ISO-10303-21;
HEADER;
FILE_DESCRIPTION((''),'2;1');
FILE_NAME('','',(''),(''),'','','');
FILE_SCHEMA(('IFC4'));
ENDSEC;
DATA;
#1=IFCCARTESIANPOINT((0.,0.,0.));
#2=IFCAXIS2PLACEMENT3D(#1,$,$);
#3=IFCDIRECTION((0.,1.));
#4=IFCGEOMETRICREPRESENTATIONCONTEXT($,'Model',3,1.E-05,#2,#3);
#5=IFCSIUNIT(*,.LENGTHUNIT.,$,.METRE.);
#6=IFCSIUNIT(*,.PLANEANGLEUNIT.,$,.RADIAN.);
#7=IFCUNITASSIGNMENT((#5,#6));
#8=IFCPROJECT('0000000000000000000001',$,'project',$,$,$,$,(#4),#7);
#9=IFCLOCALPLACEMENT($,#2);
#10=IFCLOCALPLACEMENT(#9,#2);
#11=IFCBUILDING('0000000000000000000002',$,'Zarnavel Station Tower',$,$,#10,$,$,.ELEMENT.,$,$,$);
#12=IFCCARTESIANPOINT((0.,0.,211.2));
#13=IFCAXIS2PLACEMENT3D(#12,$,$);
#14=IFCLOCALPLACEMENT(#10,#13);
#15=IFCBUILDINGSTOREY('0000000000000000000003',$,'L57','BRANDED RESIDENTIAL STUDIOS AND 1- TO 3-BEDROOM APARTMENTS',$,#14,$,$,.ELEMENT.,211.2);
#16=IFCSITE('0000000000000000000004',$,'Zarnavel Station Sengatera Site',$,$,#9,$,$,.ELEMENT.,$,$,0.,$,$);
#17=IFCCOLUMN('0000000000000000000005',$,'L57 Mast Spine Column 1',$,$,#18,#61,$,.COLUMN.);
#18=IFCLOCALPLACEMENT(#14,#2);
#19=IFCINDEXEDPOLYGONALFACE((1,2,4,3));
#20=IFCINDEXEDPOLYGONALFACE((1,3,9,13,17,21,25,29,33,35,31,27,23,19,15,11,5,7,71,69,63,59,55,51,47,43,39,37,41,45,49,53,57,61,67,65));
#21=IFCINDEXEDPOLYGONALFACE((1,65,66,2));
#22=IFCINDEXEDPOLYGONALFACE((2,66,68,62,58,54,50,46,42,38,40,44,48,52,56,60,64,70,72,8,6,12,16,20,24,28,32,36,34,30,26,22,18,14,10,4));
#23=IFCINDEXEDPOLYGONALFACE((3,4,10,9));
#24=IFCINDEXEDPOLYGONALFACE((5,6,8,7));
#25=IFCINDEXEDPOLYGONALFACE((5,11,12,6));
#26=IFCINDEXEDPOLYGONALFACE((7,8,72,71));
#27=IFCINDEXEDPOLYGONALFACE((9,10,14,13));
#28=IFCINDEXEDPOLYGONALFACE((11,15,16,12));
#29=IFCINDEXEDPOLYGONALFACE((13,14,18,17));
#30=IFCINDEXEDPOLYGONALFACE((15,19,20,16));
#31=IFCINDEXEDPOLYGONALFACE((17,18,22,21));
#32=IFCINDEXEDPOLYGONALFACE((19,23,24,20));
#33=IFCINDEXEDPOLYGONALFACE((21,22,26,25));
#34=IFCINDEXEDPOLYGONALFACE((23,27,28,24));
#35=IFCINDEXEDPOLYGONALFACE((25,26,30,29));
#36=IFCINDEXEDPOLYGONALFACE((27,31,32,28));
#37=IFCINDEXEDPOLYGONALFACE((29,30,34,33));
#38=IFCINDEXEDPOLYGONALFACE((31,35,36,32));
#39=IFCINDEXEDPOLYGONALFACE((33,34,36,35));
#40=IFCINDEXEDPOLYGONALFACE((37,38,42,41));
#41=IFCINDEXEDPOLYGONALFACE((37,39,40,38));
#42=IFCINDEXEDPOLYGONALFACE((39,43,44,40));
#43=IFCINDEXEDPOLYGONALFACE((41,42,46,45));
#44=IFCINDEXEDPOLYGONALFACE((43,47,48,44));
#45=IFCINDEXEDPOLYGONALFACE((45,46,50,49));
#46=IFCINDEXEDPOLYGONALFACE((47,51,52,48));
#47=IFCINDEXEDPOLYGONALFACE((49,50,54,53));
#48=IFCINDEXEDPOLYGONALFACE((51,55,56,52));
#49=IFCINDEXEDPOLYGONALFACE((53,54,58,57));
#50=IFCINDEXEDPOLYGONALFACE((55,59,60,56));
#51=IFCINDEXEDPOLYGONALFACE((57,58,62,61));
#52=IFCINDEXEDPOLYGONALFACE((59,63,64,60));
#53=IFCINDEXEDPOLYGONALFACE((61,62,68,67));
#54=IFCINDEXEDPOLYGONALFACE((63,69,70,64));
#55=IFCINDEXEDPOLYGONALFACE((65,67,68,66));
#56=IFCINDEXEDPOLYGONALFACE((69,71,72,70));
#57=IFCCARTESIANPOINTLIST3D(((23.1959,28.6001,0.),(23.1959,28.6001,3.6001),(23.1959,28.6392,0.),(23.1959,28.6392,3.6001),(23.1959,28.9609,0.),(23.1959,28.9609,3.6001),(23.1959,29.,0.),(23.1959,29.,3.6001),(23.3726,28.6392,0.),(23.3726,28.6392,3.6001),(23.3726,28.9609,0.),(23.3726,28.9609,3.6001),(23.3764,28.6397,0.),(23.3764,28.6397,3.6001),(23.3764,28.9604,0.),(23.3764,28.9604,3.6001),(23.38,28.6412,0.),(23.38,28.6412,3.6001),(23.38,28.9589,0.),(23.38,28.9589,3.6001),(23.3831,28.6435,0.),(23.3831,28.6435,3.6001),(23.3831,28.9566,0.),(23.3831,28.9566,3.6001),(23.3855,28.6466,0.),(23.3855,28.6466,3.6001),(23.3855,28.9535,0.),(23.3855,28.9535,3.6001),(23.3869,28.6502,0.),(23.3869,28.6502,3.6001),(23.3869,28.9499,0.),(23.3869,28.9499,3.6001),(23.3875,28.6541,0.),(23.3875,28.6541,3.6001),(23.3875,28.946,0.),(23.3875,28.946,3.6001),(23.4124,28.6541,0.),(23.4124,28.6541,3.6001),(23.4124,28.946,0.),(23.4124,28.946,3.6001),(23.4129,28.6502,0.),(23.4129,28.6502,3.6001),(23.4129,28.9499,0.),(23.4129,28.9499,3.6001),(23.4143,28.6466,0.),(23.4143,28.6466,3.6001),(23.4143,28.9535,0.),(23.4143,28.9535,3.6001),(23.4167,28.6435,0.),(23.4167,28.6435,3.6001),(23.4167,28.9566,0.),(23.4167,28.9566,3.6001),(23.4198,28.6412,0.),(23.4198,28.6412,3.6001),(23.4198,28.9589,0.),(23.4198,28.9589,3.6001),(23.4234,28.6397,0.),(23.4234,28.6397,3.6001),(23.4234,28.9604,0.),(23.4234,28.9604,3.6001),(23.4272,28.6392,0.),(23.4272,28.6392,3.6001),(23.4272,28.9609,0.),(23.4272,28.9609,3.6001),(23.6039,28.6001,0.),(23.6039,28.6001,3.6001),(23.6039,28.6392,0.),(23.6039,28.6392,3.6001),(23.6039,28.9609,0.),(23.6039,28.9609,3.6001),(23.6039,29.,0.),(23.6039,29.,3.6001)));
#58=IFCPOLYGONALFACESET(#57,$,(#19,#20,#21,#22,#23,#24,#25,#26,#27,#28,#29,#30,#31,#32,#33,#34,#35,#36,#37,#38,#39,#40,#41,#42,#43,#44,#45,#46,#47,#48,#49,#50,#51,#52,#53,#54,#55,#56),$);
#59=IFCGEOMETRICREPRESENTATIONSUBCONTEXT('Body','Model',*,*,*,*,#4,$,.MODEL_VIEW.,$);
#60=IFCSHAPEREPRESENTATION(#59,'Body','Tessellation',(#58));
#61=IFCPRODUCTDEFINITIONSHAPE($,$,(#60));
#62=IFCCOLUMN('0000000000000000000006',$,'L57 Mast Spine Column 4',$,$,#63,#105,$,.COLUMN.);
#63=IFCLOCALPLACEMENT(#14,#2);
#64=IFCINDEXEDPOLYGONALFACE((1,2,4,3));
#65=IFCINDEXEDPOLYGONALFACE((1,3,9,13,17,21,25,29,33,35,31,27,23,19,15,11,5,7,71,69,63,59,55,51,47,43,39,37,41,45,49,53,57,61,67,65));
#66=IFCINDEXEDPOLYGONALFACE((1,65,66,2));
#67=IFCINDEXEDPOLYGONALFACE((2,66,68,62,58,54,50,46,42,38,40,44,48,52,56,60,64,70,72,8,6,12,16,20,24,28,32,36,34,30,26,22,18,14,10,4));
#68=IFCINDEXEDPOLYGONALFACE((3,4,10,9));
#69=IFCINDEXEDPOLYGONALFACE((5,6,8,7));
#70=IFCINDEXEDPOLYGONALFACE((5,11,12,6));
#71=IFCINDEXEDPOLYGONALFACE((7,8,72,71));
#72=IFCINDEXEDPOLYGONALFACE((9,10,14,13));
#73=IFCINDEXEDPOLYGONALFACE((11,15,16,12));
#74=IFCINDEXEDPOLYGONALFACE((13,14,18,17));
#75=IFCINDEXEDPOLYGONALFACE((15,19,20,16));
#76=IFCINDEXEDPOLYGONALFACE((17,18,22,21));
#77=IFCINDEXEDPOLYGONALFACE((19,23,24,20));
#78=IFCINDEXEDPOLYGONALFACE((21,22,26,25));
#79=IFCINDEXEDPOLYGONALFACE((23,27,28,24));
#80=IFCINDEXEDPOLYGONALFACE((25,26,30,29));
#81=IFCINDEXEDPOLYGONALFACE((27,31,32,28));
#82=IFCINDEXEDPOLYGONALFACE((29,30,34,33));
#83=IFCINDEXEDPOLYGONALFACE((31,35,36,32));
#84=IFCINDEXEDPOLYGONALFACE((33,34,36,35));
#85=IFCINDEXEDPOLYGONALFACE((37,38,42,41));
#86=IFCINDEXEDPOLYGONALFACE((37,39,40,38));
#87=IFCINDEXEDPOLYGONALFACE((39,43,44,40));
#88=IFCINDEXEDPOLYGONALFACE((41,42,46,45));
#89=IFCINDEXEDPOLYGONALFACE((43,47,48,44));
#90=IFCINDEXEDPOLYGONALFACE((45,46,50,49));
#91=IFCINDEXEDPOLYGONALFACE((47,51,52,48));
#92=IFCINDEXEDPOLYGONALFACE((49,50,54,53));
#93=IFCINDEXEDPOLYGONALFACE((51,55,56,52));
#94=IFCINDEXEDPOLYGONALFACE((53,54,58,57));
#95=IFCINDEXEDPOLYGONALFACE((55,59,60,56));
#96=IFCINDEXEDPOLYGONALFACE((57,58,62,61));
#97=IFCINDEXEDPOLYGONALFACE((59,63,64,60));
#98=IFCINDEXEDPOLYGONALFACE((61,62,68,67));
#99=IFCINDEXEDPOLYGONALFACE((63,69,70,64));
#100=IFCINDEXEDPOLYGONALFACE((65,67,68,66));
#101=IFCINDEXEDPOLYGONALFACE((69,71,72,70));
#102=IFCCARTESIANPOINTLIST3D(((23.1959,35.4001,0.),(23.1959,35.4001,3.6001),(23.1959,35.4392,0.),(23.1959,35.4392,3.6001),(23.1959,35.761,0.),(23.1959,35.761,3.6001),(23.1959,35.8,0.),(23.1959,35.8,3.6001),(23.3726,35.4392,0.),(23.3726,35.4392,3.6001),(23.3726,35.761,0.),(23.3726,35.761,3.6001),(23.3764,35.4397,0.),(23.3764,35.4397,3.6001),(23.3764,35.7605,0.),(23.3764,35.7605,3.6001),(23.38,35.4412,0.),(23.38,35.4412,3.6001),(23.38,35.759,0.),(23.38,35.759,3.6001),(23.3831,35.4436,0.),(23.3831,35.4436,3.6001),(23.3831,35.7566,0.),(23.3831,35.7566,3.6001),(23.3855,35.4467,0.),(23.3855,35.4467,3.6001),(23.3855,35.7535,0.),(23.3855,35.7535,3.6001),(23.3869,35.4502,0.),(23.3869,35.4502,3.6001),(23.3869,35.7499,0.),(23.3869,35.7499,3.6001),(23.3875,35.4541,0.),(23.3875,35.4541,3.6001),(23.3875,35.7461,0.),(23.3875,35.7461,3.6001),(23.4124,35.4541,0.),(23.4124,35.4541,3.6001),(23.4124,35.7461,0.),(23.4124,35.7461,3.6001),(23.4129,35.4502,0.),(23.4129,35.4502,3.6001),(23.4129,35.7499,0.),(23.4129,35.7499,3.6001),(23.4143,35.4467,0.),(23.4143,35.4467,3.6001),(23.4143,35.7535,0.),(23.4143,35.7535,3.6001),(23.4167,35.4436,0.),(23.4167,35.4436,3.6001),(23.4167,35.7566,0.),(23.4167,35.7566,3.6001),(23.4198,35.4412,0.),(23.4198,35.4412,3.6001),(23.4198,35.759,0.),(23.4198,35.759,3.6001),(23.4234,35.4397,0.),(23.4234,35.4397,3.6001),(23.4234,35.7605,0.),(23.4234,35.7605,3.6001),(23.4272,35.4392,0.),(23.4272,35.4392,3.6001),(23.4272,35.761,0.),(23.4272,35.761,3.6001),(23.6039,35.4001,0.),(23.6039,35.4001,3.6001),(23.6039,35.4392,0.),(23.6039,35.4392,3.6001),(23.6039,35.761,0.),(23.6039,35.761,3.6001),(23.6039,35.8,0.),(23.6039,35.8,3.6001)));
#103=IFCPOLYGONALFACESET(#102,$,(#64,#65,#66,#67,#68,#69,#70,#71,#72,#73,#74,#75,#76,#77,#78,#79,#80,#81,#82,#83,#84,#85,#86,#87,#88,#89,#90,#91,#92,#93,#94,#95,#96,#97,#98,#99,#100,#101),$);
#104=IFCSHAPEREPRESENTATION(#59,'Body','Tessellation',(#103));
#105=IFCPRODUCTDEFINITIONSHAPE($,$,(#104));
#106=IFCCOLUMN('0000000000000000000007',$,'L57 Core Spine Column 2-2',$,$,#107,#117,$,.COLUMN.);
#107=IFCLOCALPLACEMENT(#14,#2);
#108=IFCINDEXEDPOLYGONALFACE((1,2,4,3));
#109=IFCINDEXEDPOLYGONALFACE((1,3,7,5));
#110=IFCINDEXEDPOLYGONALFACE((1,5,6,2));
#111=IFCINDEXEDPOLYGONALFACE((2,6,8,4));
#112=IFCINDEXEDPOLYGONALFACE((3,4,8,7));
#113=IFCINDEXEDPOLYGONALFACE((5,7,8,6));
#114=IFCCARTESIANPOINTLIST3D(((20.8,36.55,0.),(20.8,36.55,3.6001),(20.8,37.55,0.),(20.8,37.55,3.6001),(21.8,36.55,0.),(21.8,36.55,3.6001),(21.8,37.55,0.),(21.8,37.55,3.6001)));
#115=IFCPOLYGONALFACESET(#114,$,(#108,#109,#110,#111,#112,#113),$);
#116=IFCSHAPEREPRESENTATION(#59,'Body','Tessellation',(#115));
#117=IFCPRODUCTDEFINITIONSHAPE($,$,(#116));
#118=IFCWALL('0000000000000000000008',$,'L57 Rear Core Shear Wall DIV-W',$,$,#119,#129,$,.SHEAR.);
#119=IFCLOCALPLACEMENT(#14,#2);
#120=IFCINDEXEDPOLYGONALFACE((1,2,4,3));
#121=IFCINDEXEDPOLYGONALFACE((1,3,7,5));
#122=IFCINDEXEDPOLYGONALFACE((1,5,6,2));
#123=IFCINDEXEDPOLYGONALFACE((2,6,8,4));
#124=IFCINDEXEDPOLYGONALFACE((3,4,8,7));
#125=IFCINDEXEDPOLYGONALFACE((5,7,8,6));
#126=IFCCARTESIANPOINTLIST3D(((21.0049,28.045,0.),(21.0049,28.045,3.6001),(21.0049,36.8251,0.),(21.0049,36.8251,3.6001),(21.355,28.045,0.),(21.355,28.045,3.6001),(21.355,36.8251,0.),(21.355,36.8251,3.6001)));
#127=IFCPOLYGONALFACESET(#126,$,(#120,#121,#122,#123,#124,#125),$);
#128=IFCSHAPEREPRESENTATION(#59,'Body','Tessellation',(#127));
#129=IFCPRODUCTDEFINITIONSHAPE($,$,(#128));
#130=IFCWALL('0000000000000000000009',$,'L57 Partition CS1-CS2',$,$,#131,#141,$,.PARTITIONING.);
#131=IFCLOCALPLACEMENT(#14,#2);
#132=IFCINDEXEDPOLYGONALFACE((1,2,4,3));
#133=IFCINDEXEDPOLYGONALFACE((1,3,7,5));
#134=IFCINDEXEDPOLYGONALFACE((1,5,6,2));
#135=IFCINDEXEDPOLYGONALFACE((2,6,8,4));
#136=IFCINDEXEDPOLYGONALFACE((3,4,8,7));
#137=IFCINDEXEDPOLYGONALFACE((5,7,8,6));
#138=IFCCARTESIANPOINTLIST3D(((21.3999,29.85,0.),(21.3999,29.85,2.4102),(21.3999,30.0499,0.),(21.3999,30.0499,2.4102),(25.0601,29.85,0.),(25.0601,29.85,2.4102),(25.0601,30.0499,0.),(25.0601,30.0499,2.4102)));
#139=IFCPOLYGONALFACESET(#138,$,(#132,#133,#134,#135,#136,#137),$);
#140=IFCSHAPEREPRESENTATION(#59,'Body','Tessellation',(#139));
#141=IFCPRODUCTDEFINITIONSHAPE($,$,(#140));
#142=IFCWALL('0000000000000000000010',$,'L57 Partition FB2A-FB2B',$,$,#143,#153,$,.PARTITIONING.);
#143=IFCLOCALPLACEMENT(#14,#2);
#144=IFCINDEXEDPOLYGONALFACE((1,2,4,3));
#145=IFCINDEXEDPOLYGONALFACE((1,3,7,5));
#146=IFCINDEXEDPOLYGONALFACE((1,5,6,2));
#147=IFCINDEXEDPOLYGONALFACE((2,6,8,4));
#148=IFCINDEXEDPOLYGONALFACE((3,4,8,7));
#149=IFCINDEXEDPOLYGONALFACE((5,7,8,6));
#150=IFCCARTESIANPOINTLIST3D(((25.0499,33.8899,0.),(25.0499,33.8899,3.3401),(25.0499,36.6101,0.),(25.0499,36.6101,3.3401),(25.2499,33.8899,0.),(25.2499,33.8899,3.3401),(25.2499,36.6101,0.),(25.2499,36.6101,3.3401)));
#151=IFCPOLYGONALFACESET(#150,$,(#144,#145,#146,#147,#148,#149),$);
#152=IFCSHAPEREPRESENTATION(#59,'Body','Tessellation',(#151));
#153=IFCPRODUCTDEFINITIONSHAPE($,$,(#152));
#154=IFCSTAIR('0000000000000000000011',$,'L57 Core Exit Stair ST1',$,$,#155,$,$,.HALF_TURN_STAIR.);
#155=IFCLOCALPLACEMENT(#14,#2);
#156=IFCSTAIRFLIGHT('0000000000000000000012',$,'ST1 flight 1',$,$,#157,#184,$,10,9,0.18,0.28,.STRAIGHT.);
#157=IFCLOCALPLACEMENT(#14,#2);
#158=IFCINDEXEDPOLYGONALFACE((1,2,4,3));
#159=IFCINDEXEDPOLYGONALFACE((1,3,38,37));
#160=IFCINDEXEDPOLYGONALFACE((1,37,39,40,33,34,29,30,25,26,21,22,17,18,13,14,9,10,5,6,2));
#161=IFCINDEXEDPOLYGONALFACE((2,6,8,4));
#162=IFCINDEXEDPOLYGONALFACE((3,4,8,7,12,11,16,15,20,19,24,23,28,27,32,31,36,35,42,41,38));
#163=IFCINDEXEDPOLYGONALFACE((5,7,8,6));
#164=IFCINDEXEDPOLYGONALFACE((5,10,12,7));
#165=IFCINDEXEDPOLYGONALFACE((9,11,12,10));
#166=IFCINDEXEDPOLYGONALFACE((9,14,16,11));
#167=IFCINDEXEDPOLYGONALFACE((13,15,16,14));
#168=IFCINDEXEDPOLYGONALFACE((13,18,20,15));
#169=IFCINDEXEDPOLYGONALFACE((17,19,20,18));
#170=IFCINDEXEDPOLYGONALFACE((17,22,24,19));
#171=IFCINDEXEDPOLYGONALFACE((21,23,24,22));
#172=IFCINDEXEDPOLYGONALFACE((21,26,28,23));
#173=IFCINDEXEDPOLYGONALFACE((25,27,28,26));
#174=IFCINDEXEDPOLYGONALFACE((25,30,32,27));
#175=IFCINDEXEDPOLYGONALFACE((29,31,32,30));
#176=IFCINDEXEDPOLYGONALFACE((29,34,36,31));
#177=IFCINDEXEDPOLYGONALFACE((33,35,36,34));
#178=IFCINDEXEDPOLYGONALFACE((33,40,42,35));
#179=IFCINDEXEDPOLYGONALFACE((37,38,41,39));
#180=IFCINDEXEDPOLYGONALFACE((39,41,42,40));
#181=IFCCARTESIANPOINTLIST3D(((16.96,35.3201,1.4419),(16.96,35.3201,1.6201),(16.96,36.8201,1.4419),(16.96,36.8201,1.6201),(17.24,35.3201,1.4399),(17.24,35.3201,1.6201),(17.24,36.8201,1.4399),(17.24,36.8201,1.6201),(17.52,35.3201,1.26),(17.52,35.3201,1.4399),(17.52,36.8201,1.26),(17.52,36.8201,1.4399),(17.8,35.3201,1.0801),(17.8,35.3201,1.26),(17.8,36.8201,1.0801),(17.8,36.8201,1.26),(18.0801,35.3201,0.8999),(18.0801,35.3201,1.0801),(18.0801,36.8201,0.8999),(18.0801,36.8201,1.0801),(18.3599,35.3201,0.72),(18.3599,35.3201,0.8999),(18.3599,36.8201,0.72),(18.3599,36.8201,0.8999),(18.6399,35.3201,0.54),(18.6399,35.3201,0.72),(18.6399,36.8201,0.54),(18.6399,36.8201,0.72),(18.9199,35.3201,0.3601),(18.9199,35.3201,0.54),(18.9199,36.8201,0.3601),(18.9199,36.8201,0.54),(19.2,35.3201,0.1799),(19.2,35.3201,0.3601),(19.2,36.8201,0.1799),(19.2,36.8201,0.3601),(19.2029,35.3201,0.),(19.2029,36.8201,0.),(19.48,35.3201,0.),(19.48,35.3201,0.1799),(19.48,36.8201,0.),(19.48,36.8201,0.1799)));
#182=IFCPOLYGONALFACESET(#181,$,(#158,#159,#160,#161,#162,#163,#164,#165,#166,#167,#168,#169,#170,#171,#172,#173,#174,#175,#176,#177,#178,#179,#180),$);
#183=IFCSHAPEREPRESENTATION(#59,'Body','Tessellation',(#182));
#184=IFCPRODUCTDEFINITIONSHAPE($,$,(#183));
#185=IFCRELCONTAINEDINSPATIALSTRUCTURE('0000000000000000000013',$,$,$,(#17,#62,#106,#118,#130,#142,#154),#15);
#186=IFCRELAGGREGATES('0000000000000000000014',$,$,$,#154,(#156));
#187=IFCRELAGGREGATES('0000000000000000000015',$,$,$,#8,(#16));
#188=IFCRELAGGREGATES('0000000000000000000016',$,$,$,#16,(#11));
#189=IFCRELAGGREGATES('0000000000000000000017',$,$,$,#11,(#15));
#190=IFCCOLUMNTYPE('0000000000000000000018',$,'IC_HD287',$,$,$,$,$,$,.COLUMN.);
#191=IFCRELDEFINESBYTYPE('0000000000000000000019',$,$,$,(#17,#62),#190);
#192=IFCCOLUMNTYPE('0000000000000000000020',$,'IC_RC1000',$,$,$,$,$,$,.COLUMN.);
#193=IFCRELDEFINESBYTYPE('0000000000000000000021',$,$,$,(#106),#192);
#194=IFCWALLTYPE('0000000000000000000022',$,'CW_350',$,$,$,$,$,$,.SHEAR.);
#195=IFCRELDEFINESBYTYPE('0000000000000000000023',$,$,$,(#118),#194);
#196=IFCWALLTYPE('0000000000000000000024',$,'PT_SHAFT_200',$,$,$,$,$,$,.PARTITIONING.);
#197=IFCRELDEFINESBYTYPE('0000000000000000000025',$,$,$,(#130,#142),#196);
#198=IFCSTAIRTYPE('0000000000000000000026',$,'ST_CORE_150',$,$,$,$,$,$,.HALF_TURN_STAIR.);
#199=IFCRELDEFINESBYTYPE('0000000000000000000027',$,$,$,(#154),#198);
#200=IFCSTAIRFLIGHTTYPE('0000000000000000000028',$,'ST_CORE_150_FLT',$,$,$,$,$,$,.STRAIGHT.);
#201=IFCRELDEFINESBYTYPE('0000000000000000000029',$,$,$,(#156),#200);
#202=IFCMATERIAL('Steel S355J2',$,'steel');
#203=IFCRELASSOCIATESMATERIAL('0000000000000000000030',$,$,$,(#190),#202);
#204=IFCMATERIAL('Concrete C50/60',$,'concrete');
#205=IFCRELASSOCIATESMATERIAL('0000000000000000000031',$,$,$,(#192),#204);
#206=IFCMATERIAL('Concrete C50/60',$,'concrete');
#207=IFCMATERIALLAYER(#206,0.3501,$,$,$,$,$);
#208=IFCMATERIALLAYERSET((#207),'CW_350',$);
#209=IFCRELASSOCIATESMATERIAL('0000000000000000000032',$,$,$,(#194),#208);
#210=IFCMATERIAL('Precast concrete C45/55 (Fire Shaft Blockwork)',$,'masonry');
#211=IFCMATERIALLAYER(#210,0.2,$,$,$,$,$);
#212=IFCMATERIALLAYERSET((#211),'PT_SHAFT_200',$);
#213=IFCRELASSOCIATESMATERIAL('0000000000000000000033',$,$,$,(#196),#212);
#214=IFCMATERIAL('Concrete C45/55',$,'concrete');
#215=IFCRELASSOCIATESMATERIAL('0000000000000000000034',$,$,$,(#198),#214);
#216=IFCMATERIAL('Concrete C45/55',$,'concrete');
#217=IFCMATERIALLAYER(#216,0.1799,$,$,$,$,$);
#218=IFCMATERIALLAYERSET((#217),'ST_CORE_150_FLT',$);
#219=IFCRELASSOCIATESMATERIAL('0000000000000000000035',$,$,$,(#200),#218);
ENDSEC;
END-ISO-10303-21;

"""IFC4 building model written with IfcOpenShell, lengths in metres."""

from ifc_helpers import new_model, si_unit, direction, frame, frame_2d, origin, origin_2d, place, context, subcontext, project, spatial, polyline, rectangle, i_section, outline, extrude, material, layer, layer_set, material_profile, profile_set, type_object, element, aggregate, save


model = new_model("IFC4")

# Units and contexts
model_context = context("Model", 3, precision=1e-05, world=origin(), true_north=direction((0.0, 1.0)))
body_context = subcontext(model_context, "Body", "Model", "MODEL_VIEW")
ifc_project = project(units=[si_unit("LENGTHUNIT", "METRE"), si_unit("PLANEANGLEUNIT", "RADIAN")], contexts=[model_context])

# Site, building, storey
site_placement = place(None, origin())
site = spatial("IfcSite", under=ifc_project, at=site_placement, Name="Zarnavel Station Sengatera Site", CompositionType="ELEMENT", RefElevation=0.0)
building_placement = place(site_placement, origin())
building = spatial("IfcBuilding", under=site, at=building_placement, Name="Zarnavel Station Tower", CompositionType="ELEMENT")
storey_placement = place(building_placement, frame((0.0, 0.0, 211.2)))
storey = spatial("IfcBuildingStorey", under=building, at=storey_placement, Name="L57", Description="BRANDED RESIDENTIAL STUDIOS AND 1- TO 3-BEDROOM APARTMENTS", CompositionType="ELEMENT", Elevation=211.2)

# Columns
ifc_material_1 = material(Name="Steel S355J2", Category="steel")
ifc_material_profile_1 = material_profile(ifc_material_1, i_section(OverallWidth=0.408, OverallDepth=0.3999, WebThickness=0.0249, FlangeThickness=0.0391, FilletRadius=0.0149, at=origin_2d()), Name="HD400x287")
ifc_profile_set_1 = profile_set([ifc_material_profile_1], Name="Steel S355J2")
column_type_1 = type_object("IfcColumnType", Name="IC_HD287", PredefinedType="COLUMN", material=ifc_profile_set_1)
for number, where, z_axis, x_axis, name in (
    (1, (23.3999, 28.8, 0.0), (0.0, 0.0, 1.0), (1.0, 0.0, 0.0), "L57 Mast Spine Column 1"),
    (2, (23.3999, 35.6001, 0.0), (0.0, 0.0, 1.0), (1.0, 0.0, 0.0), "L57 Mast Spine Column 4"),
):
    element("IfcColumn", number, at=place(storey_placement, frame(where, z_axis=z_axis, x_axis=x_axis)), inside=storey, type_object=column_type_1, Name=name, PredefinedType="COLUMN", context=body_context, shape_type="SweptSolid", body=[
        extrude(i_section(OverallWidth=0.408, OverallDepth=0.3999, WebThickness=0.0249, FlangeThickness=0.0391, FilletRadius=0.0149, at=origin_2d()), origin(), (0.0, 0.0, 1.0), 3.6001),
    ])
ifc_material_2 = material(Name="Concrete C50/60", Category="concrete")
ifc_material_profile_2 = material_profile(ifc_material_2, rectangle(XDim=1.0, YDim=1.0, at=origin_2d()), Name="RC1000x1000")
ifc_profile_set_2 = profile_set([ifc_material_profile_2], Name="Concrete C50/60")
column_type_2 = type_object("IfcColumnType", Name="IC_RC1000", PredefinedType="COLUMN", material=ifc_profile_set_2)
column_placement = place(storey_placement, frame((21.3, 37.05, 0.0), z_axis=(0.0, 0.0, 1.0), x_axis=(1.0, 0.0, 0.0)))
element("IfcColumn", 3, at=column_placement, inside=storey, type_object=column_type_2, Name="L57 Core Spine Column 2-2", PredefinedType="COLUMN", context=body_context, shape_type="SweptSolid", body=[
    extrude(rectangle(XDim=1.0, YDim=1.0, at=origin_2d()), origin(), (0.0, 0.0, 1.0), 3.6001),
])

# Wall
ifc_material_3 = material(Name="Concrete C50/60", Category="concrete")
ifc_layer_1 = layer(ifc_material_3, 0.3501)
ifc_layer_set_1 = layer_set([ifc_layer_1], Name="CW_350")
wall_type_1 = type_object("IfcWallType", Name="CW_350", PredefinedType="SHEAR", material=ifc_layer_set_1)
wall_1_placement = place(storey_placement, frame((21.1799, 28.0449, 0.0), z_axis=(0.0, 0.0, 1.0), x_axis=(0.0, 1.0, 0.0)))
element("IfcWall", 4, at=wall_1_placement, inside=storey, type_object=wall_type_1, Name="L57 Rear Core Shear Wall DIV-W", PredefinedType="SHEAR", context=body_context, shape_type="SweptSolid", body=[
    extrude(rectangle(XDim=8.78, YDim=0.3501, at=frame_2d((4.3901, 0.0))), origin(), (0.0, 0.0, 1.0), 3.6001),
])

# Shared definitions
ifc_material_4 = material(Name="Precast concrete C45/55 (Fire Shaft Blockwork)", Category="masonry")
ifc_layer_2 = layer(ifc_material_4, 0.2)
ifc_layer_set_2 = layer_set([ifc_layer_2], Name="PT_SHAFT_200")
wall_type_2 = type_object("IfcWallType", Name="PT_SHAFT_200", PredefinedType="PARTITIONING", material=ifc_layer_set_2)

# Walls
wall_2_placement = place(storey_placement, frame((21.3999, 29.95, 0.0), z_axis=(0.0, 0.0, 1.0), x_axis=(1.0, 0.0, 0.0)))
element("IfcWall", 5, at=wall_2_placement, inside=storey, type_object=wall_type_2, Name="L57 Partition CS1-CS2", PredefinedType="PARTITIONING", context=body_context, shape_type="SweptSolid", body=[
    extrude(rectangle(XDim=3.6602, YDim=0.2, at=frame_2d((1.8301, 0.0))), origin(), (0.0, 0.0, 1.0), 2.4102),
])
wall_3_placement = place(storey_placement, frame((25.1499, 33.8899, 0.0), z_axis=(0.0, 0.0, 1.0), x_axis=(0.0, 1.0, 0.0)))
element("IfcWall", 6, at=wall_3_placement, inside=storey, type_object=wall_type_2, Name="L57 Partition FB2A-FB2B", PredefinedType="PARTITIONING", context=body_context, shape_type="SweptSolid", body=[
    extrude(rectangle(XDim=2.7202, YDim=0.2, at=frame_2d((1.3601, 0.0))), origin(), (0.0, 0.0, 1.0), 3.3401),
])

# Stair, stair flight
ifc_material_5 = material(Name="Concrete C45/55", Category="concrete")
stair_type = type_object("IfcStairType", Name="ST_CORE_150", PredefinedType="HALF_TURN_STAIR", material=ifc_material_5)
stair_placement = place(storey_placement, origin())
stair = element("IfcStair", 7, at=stair_placement, inside=storey, type_object=stair_type, Name="L57 Core Exit Stair ST1", PredefinedType="HALF_TURN_STAIR")
ifc_material_6 = material(Name="Concrete C45/55", Category="concrete")
ifc_layer_3 = layer(ifc_material_6, 0.1799)
ifc_layer_set_3 = layer_set([ifc_layer_3], Name="ST_CORE_150_FLT")
stair_flight_type = type_object("IfcStairFlightType", Name="ST_CORE_150_FLT", PredefinedType="STRAIGHT", material=ifc_layer_set_3)
stair_flight_1_placement = place(storey_placement, frame((19.48, 36.0701, 0.0), z_axis=(0.0, 0.0, 1.0), x_axis=(-1.0, 0.0, 0.0)))
stair_flight_1 = element("IfcStairFlight", 8, at=stair_flight_1_placement, type_object=stair_flight_type, Name="ST1 flight 1", NumberOfRisers=10, NumberOfTreads=9, PredefinedType="STRAIGHT", RiserHeight=0.18, TreadLength=0.28, context=body_context, shape_type="SweptSolid", body=[
    extrude(outline(polyline([(0.0, 0.0), (0.0, 0.1799), (0.28, 0.1799), (0.28, 0.3601), (0.5601, 0.3601), (0.5601, 0.54), (0.8401, 0.54), (0.8401, 0.72), (1.1201, 0.72), (1.1201, 0.8999), (1.3999, 0.8999), (1.3999, 1.0801), (1.6799, 1.0801), (1.6799, 1.26), (1.96, 1.26), (1.96, 1.4399), (2.24, 1.4399), (2.24, 1.6201), (2.52, 1.6201), (2.52, 1.8), (2.52, 1.4419), (0.2771, 0.0), (0.0, 0.0)])), frame((0.0, 0.75, 0.0), z_axis=(0.0, -1.0, 0.0), x_axis=(1.0, 0.0, 0.0)), (0.0, 0.0, 1.0), 1.5),
])
aggregate(stair, [stair_flight_1])

save(model, "model.ifc")
